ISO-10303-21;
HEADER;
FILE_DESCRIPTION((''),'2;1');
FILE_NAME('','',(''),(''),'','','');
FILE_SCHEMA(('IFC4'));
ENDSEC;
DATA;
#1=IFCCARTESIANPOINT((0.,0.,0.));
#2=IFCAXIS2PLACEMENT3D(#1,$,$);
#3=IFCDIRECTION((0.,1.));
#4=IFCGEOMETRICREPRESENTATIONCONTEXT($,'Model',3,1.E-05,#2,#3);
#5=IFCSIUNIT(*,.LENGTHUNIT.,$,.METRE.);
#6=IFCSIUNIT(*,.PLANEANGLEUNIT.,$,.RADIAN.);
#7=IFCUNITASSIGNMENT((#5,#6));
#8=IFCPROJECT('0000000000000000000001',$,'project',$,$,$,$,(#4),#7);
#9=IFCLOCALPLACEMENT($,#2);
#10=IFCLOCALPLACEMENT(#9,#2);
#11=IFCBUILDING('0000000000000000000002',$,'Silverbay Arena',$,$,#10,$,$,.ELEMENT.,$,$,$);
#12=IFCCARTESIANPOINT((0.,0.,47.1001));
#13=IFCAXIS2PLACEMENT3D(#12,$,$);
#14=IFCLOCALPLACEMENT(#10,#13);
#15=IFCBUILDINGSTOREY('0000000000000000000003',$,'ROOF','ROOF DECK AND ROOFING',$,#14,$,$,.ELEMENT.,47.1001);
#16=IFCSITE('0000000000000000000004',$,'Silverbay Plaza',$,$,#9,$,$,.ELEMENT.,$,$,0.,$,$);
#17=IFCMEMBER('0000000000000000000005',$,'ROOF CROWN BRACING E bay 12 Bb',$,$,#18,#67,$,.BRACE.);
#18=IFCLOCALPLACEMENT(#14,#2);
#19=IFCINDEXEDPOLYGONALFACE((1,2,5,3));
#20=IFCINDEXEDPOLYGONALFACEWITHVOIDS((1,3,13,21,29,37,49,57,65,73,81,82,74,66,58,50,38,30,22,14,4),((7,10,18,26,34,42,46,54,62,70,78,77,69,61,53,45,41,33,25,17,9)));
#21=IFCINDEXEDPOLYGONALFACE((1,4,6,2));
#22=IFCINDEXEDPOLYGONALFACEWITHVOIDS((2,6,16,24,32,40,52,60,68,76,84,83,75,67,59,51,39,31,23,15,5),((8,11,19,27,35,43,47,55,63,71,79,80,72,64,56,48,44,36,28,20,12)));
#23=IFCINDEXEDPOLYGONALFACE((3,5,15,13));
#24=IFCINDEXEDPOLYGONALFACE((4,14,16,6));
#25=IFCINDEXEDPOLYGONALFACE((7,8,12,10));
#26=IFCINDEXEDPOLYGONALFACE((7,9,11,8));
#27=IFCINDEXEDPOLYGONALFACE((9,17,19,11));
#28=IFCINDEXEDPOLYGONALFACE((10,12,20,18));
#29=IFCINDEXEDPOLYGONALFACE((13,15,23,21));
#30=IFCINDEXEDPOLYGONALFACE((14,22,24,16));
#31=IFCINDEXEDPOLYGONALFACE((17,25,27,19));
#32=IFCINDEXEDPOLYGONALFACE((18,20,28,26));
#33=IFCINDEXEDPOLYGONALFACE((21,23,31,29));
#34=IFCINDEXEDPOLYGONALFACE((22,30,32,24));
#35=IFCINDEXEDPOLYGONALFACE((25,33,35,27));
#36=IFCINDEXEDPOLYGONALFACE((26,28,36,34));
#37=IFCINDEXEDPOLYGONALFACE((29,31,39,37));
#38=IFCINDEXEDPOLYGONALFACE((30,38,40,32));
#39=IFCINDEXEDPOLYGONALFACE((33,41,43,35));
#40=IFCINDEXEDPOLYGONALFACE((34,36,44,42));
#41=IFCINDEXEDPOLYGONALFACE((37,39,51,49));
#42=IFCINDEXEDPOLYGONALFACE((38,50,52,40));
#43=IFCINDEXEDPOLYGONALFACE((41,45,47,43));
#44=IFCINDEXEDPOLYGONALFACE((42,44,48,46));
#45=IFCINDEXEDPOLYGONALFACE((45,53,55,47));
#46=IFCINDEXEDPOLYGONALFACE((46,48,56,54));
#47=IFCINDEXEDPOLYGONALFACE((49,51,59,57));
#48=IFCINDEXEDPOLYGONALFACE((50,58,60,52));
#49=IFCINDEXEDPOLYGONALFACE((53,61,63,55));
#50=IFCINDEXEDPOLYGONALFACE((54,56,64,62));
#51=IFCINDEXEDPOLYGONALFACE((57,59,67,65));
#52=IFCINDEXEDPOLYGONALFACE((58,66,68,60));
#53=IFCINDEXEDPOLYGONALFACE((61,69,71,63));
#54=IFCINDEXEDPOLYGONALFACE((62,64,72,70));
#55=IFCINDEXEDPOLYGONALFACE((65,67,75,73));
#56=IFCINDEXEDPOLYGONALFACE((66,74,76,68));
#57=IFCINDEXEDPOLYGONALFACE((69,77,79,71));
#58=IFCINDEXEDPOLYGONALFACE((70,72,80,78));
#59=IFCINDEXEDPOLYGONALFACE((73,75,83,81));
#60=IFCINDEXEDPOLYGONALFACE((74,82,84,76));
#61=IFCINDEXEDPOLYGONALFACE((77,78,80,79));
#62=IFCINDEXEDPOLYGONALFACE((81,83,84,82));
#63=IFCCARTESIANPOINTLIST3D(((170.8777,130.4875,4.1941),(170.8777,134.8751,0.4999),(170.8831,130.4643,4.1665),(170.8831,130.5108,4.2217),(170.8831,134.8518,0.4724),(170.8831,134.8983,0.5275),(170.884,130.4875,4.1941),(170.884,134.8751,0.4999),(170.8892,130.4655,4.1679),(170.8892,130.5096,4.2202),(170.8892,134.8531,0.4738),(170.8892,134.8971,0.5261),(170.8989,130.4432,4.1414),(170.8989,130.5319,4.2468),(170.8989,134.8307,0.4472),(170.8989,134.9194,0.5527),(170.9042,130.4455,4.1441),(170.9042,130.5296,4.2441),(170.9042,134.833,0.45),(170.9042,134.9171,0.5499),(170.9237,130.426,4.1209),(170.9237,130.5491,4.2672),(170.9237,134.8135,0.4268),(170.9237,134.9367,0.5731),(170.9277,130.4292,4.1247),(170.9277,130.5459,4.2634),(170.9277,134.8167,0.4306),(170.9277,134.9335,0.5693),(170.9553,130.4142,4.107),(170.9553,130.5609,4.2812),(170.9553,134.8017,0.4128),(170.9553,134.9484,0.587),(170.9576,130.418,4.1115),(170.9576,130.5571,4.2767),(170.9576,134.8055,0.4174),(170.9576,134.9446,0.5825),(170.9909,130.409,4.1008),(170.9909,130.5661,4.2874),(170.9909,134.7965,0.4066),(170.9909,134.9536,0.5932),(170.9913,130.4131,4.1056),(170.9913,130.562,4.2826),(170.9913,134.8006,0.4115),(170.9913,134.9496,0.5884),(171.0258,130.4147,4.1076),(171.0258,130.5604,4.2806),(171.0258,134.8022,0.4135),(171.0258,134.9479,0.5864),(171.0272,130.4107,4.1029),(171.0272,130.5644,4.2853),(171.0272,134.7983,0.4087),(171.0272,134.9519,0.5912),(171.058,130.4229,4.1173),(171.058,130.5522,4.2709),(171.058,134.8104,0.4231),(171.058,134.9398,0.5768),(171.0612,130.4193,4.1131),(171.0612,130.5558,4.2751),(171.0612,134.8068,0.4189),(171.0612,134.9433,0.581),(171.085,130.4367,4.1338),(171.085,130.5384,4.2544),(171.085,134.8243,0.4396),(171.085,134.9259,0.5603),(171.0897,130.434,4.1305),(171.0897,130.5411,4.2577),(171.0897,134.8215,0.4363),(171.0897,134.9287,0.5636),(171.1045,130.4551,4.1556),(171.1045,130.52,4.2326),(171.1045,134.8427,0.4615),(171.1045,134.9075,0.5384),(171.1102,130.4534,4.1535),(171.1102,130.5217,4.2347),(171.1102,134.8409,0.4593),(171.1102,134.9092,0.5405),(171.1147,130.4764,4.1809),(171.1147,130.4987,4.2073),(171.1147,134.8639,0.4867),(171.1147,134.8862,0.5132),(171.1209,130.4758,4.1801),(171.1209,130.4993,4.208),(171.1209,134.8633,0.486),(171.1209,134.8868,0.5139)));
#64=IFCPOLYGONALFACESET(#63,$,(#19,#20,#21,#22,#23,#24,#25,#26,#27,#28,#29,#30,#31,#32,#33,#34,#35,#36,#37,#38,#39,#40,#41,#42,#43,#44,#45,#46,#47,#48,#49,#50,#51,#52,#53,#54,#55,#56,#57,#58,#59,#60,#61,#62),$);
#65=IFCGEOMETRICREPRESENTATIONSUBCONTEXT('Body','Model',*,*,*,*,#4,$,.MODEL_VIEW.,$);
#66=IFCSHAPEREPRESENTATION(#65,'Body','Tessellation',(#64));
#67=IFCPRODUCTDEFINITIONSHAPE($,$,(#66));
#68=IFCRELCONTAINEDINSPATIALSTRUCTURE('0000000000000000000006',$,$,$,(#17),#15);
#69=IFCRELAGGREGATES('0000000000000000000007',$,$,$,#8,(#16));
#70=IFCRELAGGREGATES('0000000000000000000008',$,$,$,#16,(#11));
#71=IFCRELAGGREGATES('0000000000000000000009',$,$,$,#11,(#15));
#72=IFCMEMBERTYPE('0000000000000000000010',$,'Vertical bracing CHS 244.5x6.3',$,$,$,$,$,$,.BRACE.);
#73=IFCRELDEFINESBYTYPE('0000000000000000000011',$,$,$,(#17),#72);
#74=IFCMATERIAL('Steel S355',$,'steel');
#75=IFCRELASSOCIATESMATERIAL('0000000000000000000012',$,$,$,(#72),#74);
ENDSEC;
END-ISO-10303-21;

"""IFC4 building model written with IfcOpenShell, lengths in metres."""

from ifc_helpers import new_model, si_unit, direction, frame, origin, origin_2d, place, context, subcontext, project, spatial, hollow_circle, extrude, material, material_profile, profile_set, type_object, element, save


model = new_model("IFC4")

# Units and contexts
model_context = context("Model", 3, precision=1e-05, world=origin(), true_north=direction((0.0, 1.0)))
body_context = subcontext(model_context, "Body", "Model", "MODEL_VIEW")
ifc_project = project(units=[si_unit("LENGTHUNIT", "METRE"), si_unit("PLANEANGLEUNIT", "RADIAN")], contexts=[model_context])

# Site, building, storey
site_placement = place(None, origin())
site = spatial("IfcSite", under=ifc_project, at=site_placement, Name="Silverbay Plaza", CompositionType="ELEMENT", RefElevation=0.0)
building_placement = place(site_placement, origin())
building = spatial("IfcBuilding", under=site, at=building_placement, Name="Silverbay Arena", CompositionType="ELEMENT")
storey_placement = place(building_placement, frame((0.0, 0.0, 47.1001)))
storey = spatial("IfcBuildingStorey", under=building, at=storey_placement, Name="ROOF", Description="ROOF DECK AND ROOFING", CompositionType="ELEMENT", Elevation=47.1001)

# Member
ifc_material_1 = material(Name="Steel S355", Category="steel")
ifc_material_profile_1 = material_profile(ifc_material_1, hollow_circle(Radius=0.1223, WallThickness=0.0063, at=origin_2d()), Name="CHS 244.5x6.3")
ifc_profile_set_1 = profile_set([ifc_material_profile_1], Name="Steel S355")
member_type_1 = type_object("IfcMemberType", Name="Vertical bracing CHS 244.5x6.3", PredefinedType="BRACE", material=ifc_profile_set_1)
member_1_placement = place(storey_placement, frame((171.0, 130.4875, 4.1941), z_axis=(0.0, 0.764963, -0.644074), x_axis=(-1.0, 0.0, 0.0)))
element("IfcMember", 1, at=member_1_placement, inside=storey, type_object=member_type_1, Name="ROOF CROWN BRACING E bay 12 Bb", PredefinedType="BRACE", context=body_context, shape_type="SweptSolid", body=[
    extrude(hollow_circle(Radius=0.1223, WallThickness=0.0063, at=origin_2d()), origin(), (0.0, 0.0, 1.0), 5.7356),
])

save(model, "model.ifc")
